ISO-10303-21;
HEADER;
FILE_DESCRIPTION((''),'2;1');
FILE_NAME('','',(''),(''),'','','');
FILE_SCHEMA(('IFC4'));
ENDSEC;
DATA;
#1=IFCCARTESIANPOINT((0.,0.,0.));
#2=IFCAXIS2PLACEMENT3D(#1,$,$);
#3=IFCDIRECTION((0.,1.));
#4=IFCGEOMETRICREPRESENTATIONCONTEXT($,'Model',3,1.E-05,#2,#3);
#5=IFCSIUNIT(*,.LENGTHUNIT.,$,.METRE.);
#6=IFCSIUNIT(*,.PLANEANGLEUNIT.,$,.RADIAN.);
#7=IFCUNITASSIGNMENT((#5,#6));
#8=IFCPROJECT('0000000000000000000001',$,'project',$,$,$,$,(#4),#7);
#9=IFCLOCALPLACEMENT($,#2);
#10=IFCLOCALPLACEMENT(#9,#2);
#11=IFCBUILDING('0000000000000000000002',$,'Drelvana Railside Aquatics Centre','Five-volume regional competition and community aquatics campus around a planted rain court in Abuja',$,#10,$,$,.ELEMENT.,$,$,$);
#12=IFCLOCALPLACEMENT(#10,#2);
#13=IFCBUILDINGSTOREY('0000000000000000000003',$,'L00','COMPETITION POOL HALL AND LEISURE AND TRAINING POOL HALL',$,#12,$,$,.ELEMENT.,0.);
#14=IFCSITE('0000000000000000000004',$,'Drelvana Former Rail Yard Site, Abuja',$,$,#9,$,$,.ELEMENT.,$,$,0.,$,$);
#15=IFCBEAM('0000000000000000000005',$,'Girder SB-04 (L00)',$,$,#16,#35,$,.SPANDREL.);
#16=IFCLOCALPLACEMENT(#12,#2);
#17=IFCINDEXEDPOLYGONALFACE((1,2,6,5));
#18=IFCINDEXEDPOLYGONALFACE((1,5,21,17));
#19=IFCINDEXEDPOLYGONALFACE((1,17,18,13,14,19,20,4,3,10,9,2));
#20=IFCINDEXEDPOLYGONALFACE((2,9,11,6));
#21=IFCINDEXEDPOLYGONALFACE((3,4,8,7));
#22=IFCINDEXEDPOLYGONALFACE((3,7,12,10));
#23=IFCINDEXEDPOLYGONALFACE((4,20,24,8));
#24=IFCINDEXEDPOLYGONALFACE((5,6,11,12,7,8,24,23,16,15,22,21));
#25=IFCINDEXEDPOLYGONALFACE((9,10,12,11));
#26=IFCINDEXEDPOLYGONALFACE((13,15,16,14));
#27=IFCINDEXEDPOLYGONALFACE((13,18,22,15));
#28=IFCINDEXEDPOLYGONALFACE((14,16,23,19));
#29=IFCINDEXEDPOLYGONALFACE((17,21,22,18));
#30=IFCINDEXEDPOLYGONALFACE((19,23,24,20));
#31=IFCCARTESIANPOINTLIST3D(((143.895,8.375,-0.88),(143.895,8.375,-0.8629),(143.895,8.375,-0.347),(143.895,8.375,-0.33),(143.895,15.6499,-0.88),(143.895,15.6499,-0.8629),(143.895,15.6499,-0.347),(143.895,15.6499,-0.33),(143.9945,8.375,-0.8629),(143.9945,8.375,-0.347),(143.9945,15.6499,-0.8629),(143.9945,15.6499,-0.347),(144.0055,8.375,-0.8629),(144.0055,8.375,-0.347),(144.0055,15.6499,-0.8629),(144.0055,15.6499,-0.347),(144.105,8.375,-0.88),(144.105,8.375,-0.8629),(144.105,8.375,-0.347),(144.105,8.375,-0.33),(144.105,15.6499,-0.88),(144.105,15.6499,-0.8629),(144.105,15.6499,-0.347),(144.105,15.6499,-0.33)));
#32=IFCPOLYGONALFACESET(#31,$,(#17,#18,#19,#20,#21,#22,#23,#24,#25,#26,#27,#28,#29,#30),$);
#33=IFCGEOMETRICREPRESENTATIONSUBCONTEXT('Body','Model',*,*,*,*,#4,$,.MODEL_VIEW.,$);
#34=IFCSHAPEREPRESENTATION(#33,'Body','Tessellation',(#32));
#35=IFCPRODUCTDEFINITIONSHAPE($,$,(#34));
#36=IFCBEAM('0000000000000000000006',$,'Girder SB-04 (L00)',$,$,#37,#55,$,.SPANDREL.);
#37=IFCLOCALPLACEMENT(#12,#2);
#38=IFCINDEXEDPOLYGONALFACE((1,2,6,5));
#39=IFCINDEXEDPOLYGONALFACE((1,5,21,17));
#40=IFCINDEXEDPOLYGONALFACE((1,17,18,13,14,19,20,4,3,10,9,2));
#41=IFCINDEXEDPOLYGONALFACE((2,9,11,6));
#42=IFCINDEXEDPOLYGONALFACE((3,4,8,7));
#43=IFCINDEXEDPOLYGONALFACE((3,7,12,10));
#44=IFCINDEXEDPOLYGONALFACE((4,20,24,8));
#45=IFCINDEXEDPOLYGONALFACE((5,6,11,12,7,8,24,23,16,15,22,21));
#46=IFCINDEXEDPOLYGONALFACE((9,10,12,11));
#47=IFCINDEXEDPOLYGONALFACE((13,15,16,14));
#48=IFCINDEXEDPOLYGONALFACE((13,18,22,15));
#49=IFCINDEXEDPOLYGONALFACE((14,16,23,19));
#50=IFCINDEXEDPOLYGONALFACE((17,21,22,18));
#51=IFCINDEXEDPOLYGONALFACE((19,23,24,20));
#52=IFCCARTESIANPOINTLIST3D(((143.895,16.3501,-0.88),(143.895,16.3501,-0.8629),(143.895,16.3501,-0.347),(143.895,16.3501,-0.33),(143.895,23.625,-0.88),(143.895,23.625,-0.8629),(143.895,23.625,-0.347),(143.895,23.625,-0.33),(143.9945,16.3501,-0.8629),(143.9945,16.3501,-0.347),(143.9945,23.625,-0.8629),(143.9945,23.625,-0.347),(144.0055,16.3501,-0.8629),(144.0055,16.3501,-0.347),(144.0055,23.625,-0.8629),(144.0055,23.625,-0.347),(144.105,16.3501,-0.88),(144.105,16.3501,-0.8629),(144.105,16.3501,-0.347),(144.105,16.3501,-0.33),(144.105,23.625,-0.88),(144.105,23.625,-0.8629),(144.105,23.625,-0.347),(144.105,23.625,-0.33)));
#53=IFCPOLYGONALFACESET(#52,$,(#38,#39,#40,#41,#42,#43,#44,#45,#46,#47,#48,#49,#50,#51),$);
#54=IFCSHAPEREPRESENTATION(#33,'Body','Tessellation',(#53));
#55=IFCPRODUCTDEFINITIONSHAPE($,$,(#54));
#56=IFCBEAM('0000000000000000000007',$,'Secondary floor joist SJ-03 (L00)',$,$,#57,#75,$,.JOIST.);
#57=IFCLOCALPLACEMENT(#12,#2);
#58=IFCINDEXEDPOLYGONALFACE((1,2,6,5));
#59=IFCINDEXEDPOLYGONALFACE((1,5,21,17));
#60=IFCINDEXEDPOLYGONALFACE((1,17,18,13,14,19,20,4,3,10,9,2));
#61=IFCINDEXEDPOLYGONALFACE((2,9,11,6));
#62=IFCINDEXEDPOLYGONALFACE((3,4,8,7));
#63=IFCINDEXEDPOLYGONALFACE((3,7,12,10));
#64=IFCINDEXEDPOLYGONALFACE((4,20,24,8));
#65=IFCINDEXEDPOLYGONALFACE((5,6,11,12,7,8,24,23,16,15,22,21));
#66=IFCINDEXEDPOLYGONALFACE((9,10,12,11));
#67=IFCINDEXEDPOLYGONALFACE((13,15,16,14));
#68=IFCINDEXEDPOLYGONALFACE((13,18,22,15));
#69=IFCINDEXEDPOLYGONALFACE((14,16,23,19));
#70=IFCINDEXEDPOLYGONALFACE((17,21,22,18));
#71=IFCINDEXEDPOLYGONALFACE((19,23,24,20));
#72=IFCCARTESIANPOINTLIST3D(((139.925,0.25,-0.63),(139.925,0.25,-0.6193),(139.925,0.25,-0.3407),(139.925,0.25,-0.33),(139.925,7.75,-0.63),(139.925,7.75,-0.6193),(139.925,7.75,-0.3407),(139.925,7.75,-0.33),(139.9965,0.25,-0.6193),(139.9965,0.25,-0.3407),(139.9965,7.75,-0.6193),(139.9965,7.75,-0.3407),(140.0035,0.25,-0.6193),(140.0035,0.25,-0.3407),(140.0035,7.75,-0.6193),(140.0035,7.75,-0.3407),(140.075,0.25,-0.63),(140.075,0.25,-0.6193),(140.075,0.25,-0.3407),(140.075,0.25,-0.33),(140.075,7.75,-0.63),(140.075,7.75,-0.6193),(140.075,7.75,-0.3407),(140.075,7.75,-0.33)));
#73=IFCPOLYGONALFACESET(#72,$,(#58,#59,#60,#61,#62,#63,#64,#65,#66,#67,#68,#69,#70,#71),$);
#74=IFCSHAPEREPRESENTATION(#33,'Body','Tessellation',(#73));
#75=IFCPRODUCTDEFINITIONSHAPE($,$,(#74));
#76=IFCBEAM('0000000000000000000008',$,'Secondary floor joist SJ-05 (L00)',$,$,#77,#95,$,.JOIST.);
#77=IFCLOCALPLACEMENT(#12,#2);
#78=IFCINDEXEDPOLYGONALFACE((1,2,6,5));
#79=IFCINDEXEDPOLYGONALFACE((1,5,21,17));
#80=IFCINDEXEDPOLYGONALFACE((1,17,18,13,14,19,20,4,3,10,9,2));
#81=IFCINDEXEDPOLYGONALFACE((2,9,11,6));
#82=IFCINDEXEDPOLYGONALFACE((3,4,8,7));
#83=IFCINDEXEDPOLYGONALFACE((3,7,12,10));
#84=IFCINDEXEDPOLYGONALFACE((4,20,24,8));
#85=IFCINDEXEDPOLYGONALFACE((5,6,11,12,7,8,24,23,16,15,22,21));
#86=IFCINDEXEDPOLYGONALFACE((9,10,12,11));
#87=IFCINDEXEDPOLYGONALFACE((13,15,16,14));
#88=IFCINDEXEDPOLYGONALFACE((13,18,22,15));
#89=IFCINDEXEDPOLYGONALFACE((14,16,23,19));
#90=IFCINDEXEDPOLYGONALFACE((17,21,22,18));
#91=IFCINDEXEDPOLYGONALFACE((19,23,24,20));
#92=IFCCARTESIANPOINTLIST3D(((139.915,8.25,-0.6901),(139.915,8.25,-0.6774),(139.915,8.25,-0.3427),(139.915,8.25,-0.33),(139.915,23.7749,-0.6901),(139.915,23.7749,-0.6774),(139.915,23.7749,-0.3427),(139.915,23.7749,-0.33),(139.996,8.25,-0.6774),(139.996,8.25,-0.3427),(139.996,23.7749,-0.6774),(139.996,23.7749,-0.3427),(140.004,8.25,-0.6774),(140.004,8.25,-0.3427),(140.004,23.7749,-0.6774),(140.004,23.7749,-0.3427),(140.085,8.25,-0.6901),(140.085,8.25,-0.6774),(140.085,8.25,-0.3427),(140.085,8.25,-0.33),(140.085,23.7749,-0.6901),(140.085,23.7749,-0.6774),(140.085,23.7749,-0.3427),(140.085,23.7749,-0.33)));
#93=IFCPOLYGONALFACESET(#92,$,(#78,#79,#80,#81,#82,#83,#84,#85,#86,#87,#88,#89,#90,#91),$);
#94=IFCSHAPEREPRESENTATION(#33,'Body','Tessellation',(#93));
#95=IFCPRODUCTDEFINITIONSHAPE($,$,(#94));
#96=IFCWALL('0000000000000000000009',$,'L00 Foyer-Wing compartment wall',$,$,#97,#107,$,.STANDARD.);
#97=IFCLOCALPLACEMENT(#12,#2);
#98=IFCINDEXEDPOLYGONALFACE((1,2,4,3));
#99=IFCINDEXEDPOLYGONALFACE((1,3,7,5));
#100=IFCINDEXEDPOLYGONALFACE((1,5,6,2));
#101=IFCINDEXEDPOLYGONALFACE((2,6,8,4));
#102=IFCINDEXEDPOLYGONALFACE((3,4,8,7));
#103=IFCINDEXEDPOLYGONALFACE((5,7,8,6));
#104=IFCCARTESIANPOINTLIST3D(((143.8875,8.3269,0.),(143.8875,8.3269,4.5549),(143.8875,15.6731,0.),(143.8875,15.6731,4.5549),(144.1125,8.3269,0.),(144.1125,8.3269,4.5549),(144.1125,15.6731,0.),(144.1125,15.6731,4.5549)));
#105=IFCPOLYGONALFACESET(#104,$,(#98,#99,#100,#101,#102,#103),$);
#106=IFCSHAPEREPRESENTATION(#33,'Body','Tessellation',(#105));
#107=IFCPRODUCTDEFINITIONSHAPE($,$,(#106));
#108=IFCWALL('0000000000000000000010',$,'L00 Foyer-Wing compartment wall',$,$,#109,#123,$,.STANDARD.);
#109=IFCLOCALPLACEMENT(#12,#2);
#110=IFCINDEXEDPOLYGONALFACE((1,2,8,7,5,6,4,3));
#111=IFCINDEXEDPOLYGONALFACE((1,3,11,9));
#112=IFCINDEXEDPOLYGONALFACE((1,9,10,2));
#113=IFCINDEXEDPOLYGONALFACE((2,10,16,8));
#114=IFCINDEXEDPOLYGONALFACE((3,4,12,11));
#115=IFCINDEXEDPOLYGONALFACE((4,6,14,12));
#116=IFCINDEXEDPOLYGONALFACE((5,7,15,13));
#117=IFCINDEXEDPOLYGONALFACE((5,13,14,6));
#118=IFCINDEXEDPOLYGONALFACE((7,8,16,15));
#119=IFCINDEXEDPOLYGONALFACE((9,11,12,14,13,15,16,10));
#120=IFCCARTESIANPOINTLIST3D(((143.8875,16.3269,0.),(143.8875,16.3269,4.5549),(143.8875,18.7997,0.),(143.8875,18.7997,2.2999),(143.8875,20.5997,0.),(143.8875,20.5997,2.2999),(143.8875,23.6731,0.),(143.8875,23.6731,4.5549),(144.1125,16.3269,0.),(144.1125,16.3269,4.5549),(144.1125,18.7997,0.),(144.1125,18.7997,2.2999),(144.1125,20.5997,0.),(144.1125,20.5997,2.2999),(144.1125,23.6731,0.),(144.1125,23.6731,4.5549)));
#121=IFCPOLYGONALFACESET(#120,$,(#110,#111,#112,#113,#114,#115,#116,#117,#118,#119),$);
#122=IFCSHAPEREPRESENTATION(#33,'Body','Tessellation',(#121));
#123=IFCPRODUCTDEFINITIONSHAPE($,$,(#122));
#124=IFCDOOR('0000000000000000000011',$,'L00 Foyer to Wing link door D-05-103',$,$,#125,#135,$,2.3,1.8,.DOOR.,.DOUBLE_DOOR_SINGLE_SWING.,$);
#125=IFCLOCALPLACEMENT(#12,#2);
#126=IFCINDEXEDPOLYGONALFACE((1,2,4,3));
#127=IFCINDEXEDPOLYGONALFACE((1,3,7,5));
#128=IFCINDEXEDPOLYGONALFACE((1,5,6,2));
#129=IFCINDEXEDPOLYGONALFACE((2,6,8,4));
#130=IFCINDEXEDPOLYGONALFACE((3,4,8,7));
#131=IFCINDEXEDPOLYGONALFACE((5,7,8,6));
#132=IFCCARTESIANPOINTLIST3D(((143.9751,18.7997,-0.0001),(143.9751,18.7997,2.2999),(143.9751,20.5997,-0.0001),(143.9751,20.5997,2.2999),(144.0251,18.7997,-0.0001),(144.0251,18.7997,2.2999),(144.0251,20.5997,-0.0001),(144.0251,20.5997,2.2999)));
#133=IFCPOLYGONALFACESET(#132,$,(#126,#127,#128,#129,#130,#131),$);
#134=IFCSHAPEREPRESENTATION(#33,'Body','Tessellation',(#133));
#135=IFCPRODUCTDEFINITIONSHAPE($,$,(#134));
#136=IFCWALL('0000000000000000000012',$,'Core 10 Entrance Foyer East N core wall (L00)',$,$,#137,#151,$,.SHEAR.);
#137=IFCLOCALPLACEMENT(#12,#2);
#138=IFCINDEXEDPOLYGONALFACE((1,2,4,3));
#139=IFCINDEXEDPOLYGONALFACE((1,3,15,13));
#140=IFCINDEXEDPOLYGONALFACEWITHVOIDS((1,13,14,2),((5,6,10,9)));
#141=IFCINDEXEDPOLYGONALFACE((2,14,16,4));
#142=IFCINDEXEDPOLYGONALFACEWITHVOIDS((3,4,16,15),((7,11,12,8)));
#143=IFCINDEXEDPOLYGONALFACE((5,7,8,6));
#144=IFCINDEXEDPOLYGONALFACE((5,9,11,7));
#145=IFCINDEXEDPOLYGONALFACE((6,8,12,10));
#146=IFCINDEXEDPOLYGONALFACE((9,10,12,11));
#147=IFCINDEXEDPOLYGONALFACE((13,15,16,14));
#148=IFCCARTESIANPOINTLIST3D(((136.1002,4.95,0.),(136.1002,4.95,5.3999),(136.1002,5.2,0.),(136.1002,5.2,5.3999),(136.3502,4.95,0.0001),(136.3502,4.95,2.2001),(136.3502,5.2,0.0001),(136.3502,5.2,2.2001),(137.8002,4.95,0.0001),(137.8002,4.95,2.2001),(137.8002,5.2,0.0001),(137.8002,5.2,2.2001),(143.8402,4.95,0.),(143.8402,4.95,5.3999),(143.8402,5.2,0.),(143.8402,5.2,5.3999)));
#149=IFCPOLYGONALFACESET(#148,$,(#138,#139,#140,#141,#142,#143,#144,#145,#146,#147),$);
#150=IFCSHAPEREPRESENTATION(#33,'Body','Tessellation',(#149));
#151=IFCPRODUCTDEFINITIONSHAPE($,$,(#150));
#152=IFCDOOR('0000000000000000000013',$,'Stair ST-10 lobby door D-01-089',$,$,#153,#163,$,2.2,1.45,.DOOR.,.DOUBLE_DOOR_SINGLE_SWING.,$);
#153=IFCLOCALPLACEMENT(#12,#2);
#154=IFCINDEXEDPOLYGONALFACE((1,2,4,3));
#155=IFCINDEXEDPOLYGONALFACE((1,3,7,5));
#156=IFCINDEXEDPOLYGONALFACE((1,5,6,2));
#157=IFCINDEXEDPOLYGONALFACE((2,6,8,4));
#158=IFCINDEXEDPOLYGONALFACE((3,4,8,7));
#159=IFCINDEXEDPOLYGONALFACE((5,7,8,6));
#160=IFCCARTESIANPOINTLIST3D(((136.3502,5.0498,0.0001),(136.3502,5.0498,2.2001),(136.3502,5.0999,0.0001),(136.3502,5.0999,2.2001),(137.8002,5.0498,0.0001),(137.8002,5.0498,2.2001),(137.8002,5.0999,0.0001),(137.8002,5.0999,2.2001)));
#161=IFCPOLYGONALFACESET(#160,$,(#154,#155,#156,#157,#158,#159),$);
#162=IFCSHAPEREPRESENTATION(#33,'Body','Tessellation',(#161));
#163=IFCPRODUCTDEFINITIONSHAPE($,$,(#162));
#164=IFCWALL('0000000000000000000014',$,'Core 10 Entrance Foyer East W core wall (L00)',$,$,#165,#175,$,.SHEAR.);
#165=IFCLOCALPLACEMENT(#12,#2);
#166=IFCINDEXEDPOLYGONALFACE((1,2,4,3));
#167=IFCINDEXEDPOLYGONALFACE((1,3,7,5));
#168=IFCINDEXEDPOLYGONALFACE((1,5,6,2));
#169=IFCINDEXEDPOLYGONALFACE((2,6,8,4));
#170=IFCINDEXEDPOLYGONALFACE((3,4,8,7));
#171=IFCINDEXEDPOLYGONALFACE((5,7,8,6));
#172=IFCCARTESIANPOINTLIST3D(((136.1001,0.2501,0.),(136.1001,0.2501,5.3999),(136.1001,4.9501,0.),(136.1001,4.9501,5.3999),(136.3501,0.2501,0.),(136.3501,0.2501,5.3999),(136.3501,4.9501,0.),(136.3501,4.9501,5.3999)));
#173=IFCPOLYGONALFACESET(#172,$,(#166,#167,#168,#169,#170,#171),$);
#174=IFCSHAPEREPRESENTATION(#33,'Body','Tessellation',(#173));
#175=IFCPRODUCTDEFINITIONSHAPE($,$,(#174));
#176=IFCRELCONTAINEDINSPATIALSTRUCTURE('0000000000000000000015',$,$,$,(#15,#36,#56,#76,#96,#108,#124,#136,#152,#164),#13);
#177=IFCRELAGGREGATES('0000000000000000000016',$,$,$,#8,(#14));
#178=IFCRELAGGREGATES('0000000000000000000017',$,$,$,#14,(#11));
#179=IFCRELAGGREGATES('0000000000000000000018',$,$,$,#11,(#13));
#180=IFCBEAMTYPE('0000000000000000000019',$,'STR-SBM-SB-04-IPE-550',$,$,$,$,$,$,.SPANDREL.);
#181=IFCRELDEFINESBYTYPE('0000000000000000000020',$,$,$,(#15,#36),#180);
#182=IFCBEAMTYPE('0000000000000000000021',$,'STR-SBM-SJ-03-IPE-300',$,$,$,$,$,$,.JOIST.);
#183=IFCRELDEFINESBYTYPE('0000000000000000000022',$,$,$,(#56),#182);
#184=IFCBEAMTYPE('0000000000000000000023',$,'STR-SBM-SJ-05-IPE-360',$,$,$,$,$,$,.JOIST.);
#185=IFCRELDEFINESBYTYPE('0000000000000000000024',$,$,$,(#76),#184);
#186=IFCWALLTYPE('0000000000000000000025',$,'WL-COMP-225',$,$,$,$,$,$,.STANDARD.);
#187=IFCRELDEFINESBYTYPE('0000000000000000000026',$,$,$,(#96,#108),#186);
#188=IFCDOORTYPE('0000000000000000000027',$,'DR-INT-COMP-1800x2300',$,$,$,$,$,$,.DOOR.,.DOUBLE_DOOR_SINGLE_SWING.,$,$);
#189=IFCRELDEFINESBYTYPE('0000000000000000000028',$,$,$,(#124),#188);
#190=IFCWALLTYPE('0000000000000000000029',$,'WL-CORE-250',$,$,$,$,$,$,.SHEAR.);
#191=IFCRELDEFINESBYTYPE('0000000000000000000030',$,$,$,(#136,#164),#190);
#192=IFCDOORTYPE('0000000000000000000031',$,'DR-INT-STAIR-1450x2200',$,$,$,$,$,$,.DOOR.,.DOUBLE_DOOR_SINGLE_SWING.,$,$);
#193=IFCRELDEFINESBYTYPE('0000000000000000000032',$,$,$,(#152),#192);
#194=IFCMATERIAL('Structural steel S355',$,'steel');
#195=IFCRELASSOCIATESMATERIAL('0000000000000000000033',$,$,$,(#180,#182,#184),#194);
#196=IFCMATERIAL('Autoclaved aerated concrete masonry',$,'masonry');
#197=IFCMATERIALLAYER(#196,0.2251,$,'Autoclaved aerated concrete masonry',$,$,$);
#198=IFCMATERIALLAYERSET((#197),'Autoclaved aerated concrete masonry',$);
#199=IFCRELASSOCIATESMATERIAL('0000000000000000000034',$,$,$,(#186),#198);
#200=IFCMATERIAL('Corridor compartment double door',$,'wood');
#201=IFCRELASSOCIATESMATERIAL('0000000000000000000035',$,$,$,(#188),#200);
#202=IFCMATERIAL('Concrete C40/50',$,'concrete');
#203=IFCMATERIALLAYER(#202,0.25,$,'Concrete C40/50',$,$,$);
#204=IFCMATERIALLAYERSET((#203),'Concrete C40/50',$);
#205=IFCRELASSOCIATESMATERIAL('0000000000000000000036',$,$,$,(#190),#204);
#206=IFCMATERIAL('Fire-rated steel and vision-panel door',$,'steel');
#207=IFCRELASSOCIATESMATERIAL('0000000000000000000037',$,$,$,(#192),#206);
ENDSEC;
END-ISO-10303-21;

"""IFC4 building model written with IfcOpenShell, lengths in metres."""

from ifc_helpers import new_model, si_unit, direction, frame, frame_2d, origin, origin_2d, place, context, subcontext, project, spatial, rectangle, i_section, extrude, material, layer, layer_set, material_profile, profile_set, type_object, element, fill, save


model = new_model("IFC4")

# Units and contexts
model_context = context("Model", 3, precision=1e-05, world=origin(), true_north=direction((0.0, 1.0)))
body_context = subcontext(model_context, "Body", "Model", "MODEL_VIEW")
ifc_project = project(units=[si_unit("LENGTHUNIT", "METRE"), si_unit("PLANEANGLEUNIT", "RADIAN")], contexts=[model_context])

# Site, building, storey
site_placement = place(None, origin())
site = spatial("IfcSite", under=ifc_project, at=site_placement, Name="Drelvana Former Rail Yard Site, Abuja", CompositionType="ELEMENT", RefElevation=0.0)
building_placement = place(site_placement, origin())
building = spatial("IfcBuilding", under=site, at=building_placement, Name="Drelvana Railside Aquatics Centre", Description="Five-volume regional competition and community aquatics campus around a planted rain court in Abuja", CompositionType="ELEMENT")
storey_placement = place(building_placement, origin())
storey = spatial("IfcBuildingStorey", under=building, at=storey_placement, Name="L00", Description="COMPETITION POOL HALL AND LEISURE AND TRAINING POOL HALL", CompositionType="ELEMENT", Elevation=0.0)

# Shared definitions
ifc_material_1 = material(Name="Concrete C40/50", Category="concrete")
ifc_material_2 = material(Name="Structural steel S355", Category="steel")

# Beams
ifc_material_profile_1 = material_profile(ifc_material_2, i_section(OverallWidth=0.21, OverallDepth=0.55, WebThickness=0.011, FlangeThickness=0.0171, at=origin_2d()), Name="IPE 550")
ifc_profile_set_1 = profile_set([ifc_material_profile_1], Name="Structural steel S355")
beam_type_1 = type_object("IfcBeamType", Name="STR-SBM-SB-04-IPE-550", PredefinedType="SPANDREL", material=ifc_profile_set_1)
for number, where, z_axis, x_axis, name in (
    (1, (144.0, 8.375, -0.605), (0.0, 1.0, 0.0), (-1.0, 0.0, 0.0), "Girder SB-04 (L00)"),
    (2, (144.0, 16.3501, -0.605), (0.0, 1.0, 0.0), (-1.0, 0.0, 0.0), "Girder SB-04 (L00)"),
):
    element("IfcBeam", number, at=place(storey_placement, frame(where, z_axis=z_axis, x_axis=x_axis)), inside=storey, type_object=beam_type_1, Name=name, PredefinedType="SPANDREL", context=body_context, shape_type="SweptSolid", body=[
        extrude(i_section(OverallWidth=0.21, OverallDepth=0.55, WebThickness=0.011, FlangeThickness=0.0171, at=origin_2d()), origin(), (0.0, 0.0, 1.0), 7.2749),
    ])
ifc_material_profile_2 = material_profile(ifc_material_2, i_section(OverallWidth=0.1499, OverallDepth=0.3, WebThickness=0.0071, FlangeThickness=0.0107, at=origin_2d()), Name="IPE 300")
ifc_profile_set_2 = profile_set([ifc_material_profile_2], Name="Structural steel S355")
beam_type_2 = type_object("IfcBeamType", Name="STR-SBM-SJ-03-IPE-300", PredefinedType="JOIST", material=ifc_profile_set_2)
beam_1_placement = place(storey_placement, frame((140.0, 0.25, -0.48), z_axis=(0.0, 1.0, 0.0), x_axis=(-1.0, 0.0, 0.0)))
element("IfcBeam", 3, at=beam_1_placement, inside=storey, type_object=beam_type_2, Name="Secondary floor joist SJ-03 (L00)", PredefinedType="JOIST", context=body_context, shape_type="SweptSolid", body=[
    extrude(i_section(OverallWidth=0.1499, OverallDepth=0.3, WebThickness=0.0071, FlangeThickness=0.0107, at=origin_2d()), origin(), (0.0, 0.0, 1.0), 7.5),
])
ifc_material_profile_3 = material_profile(ifc_material_2, i_section(OverallWidth=0.1699, OverallDepth=0.3601, WebThickness=0.0081, FlangeThickness=0.0127, at=origin_2d()), Name="IPE 360")
ifc_profile_set_3 = profile_set([ifc_material_profile_3], Name="Structural steel S355")
beam_type_3 = type_object("IfcBeamType", Name="STR-SBM-SJ-05-IPE-360", PredefinedType="JOIST", material=ifc_profile_set_3)
beam_2_placement = place(storey_placement, frame((140.0, 8.25, -0.51), z_axis=(0.0, 1.0, 0.0), x_axis=(-1.0, 0.0, 0.0)))
element("IfcBeam", 4, at=beam_2_placement, inside=storey, type_object=beam_type_3, Name="Secondary floor joist SJ-05 (L00)", PredefinedType="JOIST", context=body_context, shape_type="SweptSolid", body=[
    extrude(i_section(OverallWidth=0.1699, OverallDepth=0.3601, WebThickness=0.0081, FlangeThickness=0.0127, at=origin_2d()), origin(), (0.0, 0.0, 1.0), 15.5249),
])

# Wall
ifc_material_3 = material(Name="Autoclaved aerated concrete masonry", Category="masonry")
ifc_layer_1 = layer(ifc_material_3, 0.2251, Name="Autoclaved aerated concrete masonry")
ifc_layer_set_1 = layer_set([ifc_layer_1], Name="Autoclaved aerated concrete masonry")
wall_type_1 = type_object("IfcWallType", Name="WL-COMP-225", PredefinedType="STANDARD", material=ifc_layer_set_1)
wall_1_placement = place(storey_placement, frame((144.0, 8.3269, 0.0), z_axis=(0.0, 0.0, 1.0), x_axis=(0.0, 1.0, 0.0)))
element("IfcWall", 5, at=wall_1_placement, inside=storey, type_object=wall_type_1, Name="L00 Foyer-Wing compartment wall", PredefinedType="STANDARD", context=body_context, shape_type="SweptSolid", body=[
    extrude(rectangle(XDim=7.3462, YDim=0.2251, at=frame_2d((3.6731, 0.0))), origin(), (0.0, 0.0, 1.0), 4.5549),
])

# Walls, openings, doors
wall_2_placement = place(storey_placement, frame((144.0, 16.3269, 0.0), z_axis=(0.0, 0.0, 1.0), x_axis=(0.0, 1.0, 0.0)))
wall_2 = element("IfcWall", 6, at=wall_2_placement, inside=storey, type_object=wall_type_1, Name="L00 Foyer-Wing compartment wall", PredefinedType="STANDARD", context=body_context, shape_type="SweptSolid", body=[
    extrude(rectangle(XDim=7.3462, YDim=0.2251, at=frame_2d((3.6731, 0.0))), origin(), (0.0, 0.0, 1.0), 4.5549),
])
opening_1_placement = place(wall_2_placement, frame((2.4729, 0.0, 0.0)))
opening_1 = element("IfcOpeningElement", 7, at=opening_1_placement, cuts=wall_2, PredefinedType="OPENING", context=body_context, shape_type="SweptSolid", body=[
    extrude(rectangle(XDim=1.8, YDim=2.3, at=frame_2d((0.8999, 1.1499))), frame((0.0, 0.1226, 0.0), z_axis=(0.0, -1.0, 0.0), x_axis=(1.0, 0.0, 0.0)), (0.0, 0.0, 1.0), 0.2451),
])
ifc_material_4 = material(Name="Corridor compartment double door", Category="wood")
door_type_1 = type_object("IfcDoorType", Name="DR-INT-COMP-1800x2300", OperationType="DOUBLE_DOOR_SINGLE_SWING", PredefinedType="DOOR", material=ifc_material_4)
door_1_placement = place(opening_1_placement, origin())
door_1 = element("IfcDoor", 8, at=door_1_placement, inside=storey, type_object=door_type_1, Name="L00 Foyer to Wing link door D-05-103", OperationType="DOUBLE_DOOR_SINGLE_SWING", OverallHeight=2.3, OverallWidth=1.8, PredefinedType="DOOR", context=body_context, shape_type="SweptSolid", body=[
    extrude(rectangle(XDim=1.8, YDim=2.3, at=frame_2d((0.8999, 1.1499))), frame((0.0, 0.0249, 0.0), z_axis=(0.0, -1.0, 0.0), x_axis=(1.0, 0.0, 0.0)), (0.0, 0.0, 1.0), 0.05),
])
fill(opening_1, door_1)
ifc_layer_2 = layer(ifc_material_1, 0.25, Name="Concrete C40/50")
ifc_layer_set_2 = layer_set([ifc_layer_2], Name="Concrete C40/50")
wall_type_2 = type_object("IfcWallType", Name="WL-CORE-250", PredefinedType="SHEAR", material=ifc_layer_set_2)
wall_3_placement = place(storey_placement, frame((136.1001, 5.075, 0.0), z_axis=(0.0, 0.0, 1.0), x_axis=(1.0, 0.0, 0.0)))
wall_3 = element("IfcWall", 9, at=wall_3_placement, inside=storey, type_object=wall_type_2, Name="Core 10 Entrance Foyer East N core wall (L00)", PredefinedType="SHEAR", context=body_context, shape_type="SweptSolid", body=[
    extrude(rectangle(XDim=7.74, YDim=0.25, at=frame_2d((3.8701, 0.0))), origin(), (0.0, 0.0, 1.0), 5.3999),
])
opening_2_placement = place(wall_3_placement, frame((0.25, 0.0, 0.0)))
opening_2 = element("IfcOpeningElement", 10, at=opening_2_placement, cuts=wall_3, PredefinedType="OPENING", context=body_context, shape_type="SweptSolid", body=[
    extrude(rectangle(XDim=1.45, YDim=2.2, at=frame_2d((0.7251, 1.1001))), frame((0.0, 0.135, 0.0), z_axis=(0.0, -1.0, 0.0), x_axis=(1.0, 0.0, 0.0)), (0.0, 0.0, 1.0), 0.27),
])
ifc_material_5 = material(Name="Fire-rated steel and vision-panel door", Category="steel")
door_type_2 = type_object("IfcDoorType", Name="DR-INT-STAIR-1450x2200", OperationType="DOUBLE_DOOR_SINGLE_SWING", PredefinedType="DOOR", material=ifc_material_5)
door_2_placement = place(opening_2_placement, origin())
door_2 = element("IfcDoor", 11, at=door_2_placement, inside=storey, type_object=door_type_2, Name="Stair ST-10 lobby door D-01-089", OperationType="DOUBLE_DOOR_SINGLE_SWING", OverallHeight=2.2, OverallWidth=1.45, PredefinedType="DOOR", context=body_context, shape_type="SweptSolid", body=[
    extrude(rectangle(XDim=1.45, YDim=2.2, at=frame_2d((0.7251, 1.1001))), frame((0.0, 0.0249, 0.0), z_axis=(0.0, -1.0, 0.0), x_axis=(1.0, 0.0, 0.0)), (0.0, 0.0, 1.0), 0.05),
])
fill(opening_2, door_2)

# Wall
for number, where, z_axis, x_axis, name in (
    (12, (136.2251, 0.25, 0.0), (0.0, 0.0, 1.0), (0.0, 1.0, 0.0), "Core 10 Entrance Foyer East W core wall (L00)"),
):
    element("IfcWall", number, at=place(storey_placement, frame(where, z_axis=z_axis, x_axis=x_axis)), inside=storey, type_object=wall_type_2, Name=name, PredefinedType="SHEAR", context=body_context, shape_type="SweptSolid", body=[
        extrude(rectangle(XDim=4.7, YDim=0.25, at=frame_2d((2.3501, 0.0))), origin(), (0.0, 0.0, 1.0), 5.3999),
    ])

save(model, "model.ifc")
